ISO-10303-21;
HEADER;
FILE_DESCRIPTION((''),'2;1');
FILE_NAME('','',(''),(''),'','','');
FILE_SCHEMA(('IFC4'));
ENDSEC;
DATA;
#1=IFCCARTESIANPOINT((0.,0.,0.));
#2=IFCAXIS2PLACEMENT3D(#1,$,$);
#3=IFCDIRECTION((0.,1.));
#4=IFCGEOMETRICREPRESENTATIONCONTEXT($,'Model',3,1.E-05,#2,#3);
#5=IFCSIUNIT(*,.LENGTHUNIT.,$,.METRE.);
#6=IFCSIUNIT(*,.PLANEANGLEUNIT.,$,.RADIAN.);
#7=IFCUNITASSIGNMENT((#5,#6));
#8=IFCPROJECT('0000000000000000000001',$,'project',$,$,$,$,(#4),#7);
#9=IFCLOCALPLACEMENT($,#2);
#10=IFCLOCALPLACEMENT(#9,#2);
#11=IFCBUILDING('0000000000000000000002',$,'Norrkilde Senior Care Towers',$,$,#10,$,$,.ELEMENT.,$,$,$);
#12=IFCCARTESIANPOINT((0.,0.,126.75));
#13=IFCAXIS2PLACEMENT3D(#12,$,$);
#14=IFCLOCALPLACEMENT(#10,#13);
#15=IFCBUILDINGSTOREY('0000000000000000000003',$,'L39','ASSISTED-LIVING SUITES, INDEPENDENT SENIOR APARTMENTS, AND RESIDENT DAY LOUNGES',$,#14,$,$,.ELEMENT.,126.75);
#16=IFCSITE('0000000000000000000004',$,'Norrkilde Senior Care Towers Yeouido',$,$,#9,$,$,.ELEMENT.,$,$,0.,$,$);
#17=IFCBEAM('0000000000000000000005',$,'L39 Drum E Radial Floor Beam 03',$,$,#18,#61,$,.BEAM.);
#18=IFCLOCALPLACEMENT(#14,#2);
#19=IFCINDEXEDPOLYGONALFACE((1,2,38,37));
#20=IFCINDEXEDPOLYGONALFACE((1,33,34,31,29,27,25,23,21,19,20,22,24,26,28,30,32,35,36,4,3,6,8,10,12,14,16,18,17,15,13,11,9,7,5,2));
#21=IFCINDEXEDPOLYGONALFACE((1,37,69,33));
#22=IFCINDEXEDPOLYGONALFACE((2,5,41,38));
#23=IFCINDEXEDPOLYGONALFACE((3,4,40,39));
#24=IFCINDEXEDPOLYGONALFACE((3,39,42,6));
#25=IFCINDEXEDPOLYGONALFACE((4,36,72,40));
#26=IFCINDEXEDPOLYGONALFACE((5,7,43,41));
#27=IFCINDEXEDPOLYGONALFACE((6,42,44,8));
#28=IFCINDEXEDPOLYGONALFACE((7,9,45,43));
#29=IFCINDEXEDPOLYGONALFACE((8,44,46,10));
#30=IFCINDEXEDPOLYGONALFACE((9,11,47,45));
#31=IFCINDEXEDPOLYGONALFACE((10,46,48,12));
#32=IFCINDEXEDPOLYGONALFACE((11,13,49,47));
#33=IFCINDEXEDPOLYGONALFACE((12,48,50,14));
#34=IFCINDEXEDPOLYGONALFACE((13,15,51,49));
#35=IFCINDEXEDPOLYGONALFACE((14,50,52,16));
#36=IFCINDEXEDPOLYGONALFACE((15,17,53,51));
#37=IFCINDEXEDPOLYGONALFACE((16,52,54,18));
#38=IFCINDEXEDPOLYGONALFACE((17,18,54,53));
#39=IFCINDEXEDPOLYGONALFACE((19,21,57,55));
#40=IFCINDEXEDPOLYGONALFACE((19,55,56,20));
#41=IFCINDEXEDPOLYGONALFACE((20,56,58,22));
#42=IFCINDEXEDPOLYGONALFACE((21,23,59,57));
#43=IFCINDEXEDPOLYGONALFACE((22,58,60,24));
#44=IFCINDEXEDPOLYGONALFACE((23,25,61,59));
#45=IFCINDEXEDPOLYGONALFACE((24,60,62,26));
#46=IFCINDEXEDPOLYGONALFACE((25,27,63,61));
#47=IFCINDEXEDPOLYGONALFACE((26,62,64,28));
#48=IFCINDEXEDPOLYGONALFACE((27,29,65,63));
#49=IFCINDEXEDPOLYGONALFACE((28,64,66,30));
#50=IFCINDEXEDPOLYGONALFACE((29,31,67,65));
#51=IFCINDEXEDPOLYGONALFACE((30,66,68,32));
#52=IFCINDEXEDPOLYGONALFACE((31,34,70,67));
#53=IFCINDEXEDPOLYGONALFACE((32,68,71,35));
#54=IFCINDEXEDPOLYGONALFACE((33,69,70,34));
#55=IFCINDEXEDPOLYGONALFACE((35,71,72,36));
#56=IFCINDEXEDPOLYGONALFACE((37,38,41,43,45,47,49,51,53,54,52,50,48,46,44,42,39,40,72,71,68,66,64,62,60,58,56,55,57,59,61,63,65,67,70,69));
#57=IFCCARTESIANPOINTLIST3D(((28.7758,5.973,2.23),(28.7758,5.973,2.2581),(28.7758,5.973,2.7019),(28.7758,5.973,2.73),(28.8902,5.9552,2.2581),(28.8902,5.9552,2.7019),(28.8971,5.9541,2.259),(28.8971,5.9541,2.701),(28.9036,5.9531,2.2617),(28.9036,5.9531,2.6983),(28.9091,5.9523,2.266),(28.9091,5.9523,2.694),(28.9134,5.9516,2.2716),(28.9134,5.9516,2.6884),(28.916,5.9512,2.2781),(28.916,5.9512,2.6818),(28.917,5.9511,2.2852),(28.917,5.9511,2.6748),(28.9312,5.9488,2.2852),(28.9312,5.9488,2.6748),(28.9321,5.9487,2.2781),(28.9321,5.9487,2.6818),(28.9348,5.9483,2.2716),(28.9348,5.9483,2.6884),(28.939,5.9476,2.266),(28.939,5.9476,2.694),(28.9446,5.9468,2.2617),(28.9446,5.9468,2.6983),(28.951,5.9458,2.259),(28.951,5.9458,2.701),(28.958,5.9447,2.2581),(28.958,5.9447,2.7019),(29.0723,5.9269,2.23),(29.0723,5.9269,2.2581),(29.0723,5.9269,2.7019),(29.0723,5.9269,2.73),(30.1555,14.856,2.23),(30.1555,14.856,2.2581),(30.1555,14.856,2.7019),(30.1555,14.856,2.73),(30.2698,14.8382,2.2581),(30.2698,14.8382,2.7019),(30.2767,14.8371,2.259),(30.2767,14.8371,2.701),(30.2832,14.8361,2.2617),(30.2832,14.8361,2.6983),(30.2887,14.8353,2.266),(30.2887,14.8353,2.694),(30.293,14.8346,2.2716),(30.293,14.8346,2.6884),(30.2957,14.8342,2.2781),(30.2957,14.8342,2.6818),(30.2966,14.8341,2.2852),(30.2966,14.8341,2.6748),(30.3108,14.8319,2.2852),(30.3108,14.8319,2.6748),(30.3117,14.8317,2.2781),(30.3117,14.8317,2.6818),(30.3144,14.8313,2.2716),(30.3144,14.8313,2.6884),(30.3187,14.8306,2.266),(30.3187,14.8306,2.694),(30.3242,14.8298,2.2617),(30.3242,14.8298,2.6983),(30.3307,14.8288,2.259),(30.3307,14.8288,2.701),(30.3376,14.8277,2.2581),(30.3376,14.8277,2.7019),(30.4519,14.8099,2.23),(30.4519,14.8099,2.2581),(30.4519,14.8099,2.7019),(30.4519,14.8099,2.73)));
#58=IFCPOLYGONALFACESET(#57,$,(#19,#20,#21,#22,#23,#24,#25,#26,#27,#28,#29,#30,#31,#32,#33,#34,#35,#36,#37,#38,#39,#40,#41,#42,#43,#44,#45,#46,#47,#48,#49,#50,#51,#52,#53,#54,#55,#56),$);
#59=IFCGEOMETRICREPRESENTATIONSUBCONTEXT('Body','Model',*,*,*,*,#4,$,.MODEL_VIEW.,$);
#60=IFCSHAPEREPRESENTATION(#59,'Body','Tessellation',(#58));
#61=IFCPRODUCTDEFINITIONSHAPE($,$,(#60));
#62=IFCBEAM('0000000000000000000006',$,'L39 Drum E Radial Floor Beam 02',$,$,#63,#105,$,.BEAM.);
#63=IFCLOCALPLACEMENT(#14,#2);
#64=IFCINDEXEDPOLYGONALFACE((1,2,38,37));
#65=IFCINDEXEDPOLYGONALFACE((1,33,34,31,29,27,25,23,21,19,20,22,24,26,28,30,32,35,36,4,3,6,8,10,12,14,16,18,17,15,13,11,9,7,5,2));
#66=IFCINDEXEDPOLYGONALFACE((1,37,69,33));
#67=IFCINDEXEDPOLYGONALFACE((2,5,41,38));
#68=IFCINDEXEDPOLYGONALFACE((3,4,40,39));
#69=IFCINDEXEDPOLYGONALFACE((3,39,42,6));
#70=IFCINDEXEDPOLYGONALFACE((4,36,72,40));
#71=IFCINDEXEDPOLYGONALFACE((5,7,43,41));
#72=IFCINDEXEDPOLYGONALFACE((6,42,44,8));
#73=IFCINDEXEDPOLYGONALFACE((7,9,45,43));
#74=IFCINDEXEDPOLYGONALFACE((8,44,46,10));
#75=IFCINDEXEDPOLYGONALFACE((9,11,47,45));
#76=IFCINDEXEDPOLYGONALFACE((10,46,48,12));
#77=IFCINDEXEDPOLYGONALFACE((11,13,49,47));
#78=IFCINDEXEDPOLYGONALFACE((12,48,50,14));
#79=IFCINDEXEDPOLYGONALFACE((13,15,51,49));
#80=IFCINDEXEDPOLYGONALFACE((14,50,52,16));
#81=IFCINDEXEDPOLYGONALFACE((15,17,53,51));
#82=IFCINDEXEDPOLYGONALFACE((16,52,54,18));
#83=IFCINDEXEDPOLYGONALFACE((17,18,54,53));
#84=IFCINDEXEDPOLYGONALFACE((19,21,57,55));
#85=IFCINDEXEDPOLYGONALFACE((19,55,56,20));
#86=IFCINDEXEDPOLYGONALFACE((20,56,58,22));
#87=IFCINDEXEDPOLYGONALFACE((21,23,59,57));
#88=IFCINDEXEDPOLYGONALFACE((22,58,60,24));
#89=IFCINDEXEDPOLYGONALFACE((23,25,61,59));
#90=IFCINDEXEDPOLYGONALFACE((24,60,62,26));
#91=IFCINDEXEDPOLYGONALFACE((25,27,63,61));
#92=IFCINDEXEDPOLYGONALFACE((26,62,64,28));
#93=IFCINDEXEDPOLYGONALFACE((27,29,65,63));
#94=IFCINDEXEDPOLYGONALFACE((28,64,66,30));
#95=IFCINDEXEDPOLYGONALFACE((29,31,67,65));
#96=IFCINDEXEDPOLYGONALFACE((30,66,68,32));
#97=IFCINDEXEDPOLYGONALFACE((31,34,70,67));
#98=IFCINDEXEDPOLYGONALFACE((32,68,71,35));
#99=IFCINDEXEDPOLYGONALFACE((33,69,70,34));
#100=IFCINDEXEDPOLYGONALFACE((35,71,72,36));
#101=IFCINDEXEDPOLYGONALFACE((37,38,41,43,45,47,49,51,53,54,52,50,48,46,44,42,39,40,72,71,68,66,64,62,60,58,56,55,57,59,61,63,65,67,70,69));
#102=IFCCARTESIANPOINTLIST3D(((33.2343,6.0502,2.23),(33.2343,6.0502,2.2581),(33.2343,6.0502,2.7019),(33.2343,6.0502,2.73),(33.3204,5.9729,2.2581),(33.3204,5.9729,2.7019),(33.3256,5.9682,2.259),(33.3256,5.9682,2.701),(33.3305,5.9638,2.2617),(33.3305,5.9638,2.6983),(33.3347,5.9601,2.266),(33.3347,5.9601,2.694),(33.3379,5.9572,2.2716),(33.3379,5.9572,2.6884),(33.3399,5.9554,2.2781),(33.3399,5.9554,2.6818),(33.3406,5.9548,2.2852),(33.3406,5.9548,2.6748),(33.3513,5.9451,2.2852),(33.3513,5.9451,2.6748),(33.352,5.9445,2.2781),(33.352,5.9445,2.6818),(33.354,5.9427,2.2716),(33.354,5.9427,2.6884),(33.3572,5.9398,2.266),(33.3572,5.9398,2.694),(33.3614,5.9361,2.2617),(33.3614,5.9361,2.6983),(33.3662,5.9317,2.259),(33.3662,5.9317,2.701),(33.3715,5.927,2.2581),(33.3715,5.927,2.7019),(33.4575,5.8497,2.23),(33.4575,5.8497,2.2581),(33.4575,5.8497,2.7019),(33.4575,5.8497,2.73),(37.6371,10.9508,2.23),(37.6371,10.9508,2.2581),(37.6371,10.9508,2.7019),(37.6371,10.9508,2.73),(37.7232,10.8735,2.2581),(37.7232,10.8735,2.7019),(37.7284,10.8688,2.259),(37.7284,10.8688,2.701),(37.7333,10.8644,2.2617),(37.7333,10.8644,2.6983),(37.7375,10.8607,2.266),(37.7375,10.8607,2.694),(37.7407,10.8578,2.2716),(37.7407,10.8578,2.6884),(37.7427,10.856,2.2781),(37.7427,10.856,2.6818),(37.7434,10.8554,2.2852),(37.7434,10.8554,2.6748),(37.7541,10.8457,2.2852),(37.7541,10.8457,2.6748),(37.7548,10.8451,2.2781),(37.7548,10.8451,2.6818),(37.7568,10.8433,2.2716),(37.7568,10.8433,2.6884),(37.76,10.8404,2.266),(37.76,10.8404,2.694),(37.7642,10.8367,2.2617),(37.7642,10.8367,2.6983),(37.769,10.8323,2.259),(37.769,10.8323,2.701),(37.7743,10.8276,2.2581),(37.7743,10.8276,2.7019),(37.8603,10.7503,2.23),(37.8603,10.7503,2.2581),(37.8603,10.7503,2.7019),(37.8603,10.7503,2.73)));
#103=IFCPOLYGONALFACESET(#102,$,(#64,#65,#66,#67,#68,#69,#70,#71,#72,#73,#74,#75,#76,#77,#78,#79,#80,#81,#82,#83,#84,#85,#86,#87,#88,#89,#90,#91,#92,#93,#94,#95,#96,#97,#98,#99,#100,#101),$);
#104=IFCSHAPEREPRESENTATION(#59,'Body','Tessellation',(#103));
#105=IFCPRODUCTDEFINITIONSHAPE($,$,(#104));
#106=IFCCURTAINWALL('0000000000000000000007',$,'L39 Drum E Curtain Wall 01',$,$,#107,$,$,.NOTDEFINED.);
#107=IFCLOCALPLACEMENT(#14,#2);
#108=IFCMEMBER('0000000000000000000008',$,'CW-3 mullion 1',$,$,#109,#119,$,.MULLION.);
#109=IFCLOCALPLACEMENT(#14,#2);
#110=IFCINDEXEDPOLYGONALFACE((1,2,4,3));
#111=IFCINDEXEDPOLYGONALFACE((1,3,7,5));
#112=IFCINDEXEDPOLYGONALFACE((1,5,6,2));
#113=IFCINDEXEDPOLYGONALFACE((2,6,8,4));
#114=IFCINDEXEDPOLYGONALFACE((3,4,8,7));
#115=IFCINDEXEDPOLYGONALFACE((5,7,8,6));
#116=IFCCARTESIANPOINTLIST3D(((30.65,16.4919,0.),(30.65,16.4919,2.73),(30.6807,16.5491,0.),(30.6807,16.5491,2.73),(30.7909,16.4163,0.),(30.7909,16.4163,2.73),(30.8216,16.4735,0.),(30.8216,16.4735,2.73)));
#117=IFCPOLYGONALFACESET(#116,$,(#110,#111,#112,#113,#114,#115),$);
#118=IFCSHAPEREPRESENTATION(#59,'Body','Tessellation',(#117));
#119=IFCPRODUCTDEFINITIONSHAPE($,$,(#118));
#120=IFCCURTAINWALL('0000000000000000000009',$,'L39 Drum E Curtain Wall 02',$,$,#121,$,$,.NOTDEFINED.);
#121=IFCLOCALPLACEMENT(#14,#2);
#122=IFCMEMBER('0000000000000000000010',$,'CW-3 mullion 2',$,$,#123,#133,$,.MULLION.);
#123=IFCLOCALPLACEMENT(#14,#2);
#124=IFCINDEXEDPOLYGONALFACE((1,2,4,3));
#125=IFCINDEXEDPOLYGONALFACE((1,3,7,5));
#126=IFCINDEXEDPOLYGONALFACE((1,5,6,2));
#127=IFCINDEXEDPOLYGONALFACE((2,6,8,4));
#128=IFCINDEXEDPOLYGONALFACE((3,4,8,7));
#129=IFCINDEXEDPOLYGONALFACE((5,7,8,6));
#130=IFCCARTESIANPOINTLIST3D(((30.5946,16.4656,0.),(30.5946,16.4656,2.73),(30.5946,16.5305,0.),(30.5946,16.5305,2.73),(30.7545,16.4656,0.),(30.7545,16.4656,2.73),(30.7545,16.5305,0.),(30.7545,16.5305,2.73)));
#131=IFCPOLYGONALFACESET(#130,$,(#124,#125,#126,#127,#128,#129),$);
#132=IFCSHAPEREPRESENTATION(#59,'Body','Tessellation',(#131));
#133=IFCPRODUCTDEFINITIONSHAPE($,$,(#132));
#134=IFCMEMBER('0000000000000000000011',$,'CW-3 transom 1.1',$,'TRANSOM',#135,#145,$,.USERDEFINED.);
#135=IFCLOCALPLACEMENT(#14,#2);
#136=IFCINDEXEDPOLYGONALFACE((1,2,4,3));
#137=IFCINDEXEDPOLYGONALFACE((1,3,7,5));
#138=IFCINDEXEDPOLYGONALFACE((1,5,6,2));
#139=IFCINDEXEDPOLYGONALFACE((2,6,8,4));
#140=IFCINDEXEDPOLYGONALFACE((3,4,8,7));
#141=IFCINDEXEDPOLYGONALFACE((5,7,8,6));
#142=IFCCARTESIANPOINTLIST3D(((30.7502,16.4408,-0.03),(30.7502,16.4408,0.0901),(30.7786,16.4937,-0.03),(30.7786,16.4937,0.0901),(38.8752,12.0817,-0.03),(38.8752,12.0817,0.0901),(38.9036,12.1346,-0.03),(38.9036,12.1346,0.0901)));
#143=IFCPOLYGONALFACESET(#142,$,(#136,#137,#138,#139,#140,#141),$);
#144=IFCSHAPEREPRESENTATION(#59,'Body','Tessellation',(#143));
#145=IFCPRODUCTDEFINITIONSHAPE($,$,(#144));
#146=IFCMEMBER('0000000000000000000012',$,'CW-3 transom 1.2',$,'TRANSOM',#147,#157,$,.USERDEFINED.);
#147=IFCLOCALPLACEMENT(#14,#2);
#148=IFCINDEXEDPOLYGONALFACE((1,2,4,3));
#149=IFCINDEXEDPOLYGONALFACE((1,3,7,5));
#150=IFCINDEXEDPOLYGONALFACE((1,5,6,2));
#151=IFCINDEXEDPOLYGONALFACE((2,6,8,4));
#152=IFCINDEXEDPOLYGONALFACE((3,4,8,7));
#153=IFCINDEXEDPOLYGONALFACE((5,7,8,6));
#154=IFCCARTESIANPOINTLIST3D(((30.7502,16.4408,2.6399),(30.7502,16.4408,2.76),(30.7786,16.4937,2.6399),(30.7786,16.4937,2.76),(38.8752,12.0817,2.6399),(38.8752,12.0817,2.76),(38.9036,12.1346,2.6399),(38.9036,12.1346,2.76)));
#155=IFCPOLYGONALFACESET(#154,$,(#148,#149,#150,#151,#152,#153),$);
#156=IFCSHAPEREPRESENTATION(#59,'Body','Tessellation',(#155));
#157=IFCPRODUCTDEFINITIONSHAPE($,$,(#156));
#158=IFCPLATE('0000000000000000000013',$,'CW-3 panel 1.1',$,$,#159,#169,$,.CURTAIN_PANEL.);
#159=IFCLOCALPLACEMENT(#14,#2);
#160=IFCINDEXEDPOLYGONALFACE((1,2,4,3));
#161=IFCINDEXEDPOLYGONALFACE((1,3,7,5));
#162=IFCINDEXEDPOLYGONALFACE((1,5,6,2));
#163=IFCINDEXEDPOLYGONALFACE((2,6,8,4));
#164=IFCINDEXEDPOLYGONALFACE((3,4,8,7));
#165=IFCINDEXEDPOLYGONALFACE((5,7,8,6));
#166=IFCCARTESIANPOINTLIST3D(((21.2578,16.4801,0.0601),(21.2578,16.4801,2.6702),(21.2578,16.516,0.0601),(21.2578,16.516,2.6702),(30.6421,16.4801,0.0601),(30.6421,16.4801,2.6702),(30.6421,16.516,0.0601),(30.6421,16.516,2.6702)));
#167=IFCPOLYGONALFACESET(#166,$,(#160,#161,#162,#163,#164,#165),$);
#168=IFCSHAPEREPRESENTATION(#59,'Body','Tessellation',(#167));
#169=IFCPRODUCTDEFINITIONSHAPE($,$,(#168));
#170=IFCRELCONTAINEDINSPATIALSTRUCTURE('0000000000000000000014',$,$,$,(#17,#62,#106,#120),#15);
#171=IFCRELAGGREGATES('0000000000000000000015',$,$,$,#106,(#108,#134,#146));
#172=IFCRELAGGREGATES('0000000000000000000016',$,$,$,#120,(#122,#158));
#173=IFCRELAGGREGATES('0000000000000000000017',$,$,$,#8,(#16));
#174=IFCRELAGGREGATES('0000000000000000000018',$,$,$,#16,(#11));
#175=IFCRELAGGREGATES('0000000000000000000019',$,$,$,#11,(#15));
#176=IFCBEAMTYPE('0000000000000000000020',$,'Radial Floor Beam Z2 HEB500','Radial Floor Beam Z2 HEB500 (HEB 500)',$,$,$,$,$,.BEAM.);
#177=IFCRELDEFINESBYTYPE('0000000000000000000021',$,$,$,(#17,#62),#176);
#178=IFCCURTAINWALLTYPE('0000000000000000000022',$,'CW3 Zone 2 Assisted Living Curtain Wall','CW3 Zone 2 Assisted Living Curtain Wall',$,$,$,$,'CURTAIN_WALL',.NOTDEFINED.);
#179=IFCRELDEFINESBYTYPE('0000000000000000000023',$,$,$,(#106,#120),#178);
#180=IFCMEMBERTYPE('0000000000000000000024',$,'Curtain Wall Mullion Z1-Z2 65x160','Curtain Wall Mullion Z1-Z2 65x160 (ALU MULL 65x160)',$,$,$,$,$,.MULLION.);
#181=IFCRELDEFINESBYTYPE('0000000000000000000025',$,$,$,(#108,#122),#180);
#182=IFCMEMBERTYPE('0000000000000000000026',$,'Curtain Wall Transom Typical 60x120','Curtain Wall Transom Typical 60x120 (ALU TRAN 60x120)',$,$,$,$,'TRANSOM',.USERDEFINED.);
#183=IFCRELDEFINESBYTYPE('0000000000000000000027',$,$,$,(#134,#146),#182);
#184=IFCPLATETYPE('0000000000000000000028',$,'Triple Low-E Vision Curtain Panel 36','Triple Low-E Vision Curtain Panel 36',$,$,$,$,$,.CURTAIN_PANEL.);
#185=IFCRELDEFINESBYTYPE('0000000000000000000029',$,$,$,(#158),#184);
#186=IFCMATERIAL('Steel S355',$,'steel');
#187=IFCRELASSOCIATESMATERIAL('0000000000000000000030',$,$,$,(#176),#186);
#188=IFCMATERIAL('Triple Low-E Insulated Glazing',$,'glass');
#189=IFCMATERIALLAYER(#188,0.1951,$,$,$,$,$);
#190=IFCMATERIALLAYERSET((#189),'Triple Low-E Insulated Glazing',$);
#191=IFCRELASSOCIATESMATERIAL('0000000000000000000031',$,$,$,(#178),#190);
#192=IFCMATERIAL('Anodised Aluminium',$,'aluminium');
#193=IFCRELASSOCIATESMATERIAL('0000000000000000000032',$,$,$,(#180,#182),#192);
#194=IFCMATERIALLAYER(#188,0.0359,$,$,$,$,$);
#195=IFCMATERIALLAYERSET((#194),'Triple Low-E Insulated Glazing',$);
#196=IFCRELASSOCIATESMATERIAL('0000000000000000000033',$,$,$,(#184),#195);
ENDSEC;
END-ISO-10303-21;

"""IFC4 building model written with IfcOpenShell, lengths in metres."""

from ifc_helpers import new_model, si_unit, direction, frame, origin, origin_2d, place, context, subcontext, project, spatial, rectangle, i_section, extrude, source, transform, mapped, material, layer, layer_set, material_profile, profile_set, type_object, type_shapes, element, aggregate, save


model = new_model("IFC4")

# Units and contexts
model_context = context("Model", 3, precision=1e-05, world=origin(), true_north=direction((0.0, 1.0)))
body_context = subcontext(model_context, "Body", "Model", "MODEL_VIEW")
ifc_project = project(units=[si_unit("LENGTHUNIT", "METRE"), si_unit("PLANEANGLEUNIT", "RADIAN")], contexts=[model_context])

# Site, building, storey
site_placement = place(None, origin())
site = spatial("IfcSite", under=ifc_project, at=site_placement, Name="Norrkilde Senior Care Towers Yeouido", CompositionType="ELEMENT", RefElevation=0.0)
building_placement = place(site_placement, origin())
building = spatial("IfcBuilding", under=site, at=building_placement, Name="Norrkilde Senior Care Towers", CompositionType="ELEMENT")
storey_placement = place(building_placement, frame((0.0, 0.0, 126.75)))
storey = spatial("IfcBuildingStorey", under=building, at=storey_placement, Name="L39", Description="ASSISTED-LIVING SUITES, INDEPENDENT SENIOR APARTMENTS, AND RESIDENT DAY LOUNGES", CompositionType="ELEMENT", Elevation=126.75)

# Beams
ifc_material_1 = material(Name="Steel S355", Category="steel")
ifc_material_profile_1 = material_profile(ifc_material_1, i_section(OverallWidth=0.3, OverallDepth=0.5, WebThickness=0.0144, FlangeThickness=0.0281, FilletRadius=0.0271, at=origin_2d()), Name="HEB 500")
ifc_profile_set_1 = profile_set([ifc_material_profile_1], Name="Steel S355")
beam_type_1 = type_object("IfcBeamType", Name="Radial Floor Beam Z2 HEB500", Description="Radial Floor Beam Z2 HEB500 (HEB 500)", PredefinedType="BEAM", material=ifc_profile_set_1)
shared_shape_1 = source(origin(), body_context, "Body", "SweptSolid", [
    extrude(i_section(OverallWidth=0.3, OverallDepth=0.5, WebThickness=0.0144, FlangeThickness=0.0281, FilletRadius=0.0271, at=origin_2d()), origin(), (0.0, 0.0, 1.0), 8.9895),
])
beam_1_placement = place(storey_placement, frame((28.9241, 5.95, 2.48), z_axis=(0.153471, 0.988153, 0.0), x_axis=(-0.988153, 0.153471, 0.0)))
element("IfcBeam", 1, at=beam_1_placement, inside=storey, type_object=beam_type_1, Name="L39 Drum E Radial Floor Beam 03", PredefinedType="BEAM", context=body_context, shape_type="MappedRepresentation", body=[
    mapped(shared_shape_1, transform((0.0, 0.0, 0.0), x_axis=(1.0, 0.0, 0.0), y_axis=(0.0, 1.0, 0.0), z_axis=(0.0, 0.0, 1.0), scale=1.0)),
])
shared_shape_2 = source(origin(), body_context, "Body", "SweptSolid", [
    extrude(i_section(OverallWidth=0.3, OverallDepth=0.5, WebThickness=0.0144, FlangeThickness=0.0281, FilletRadius=0.0271, at=origin_2d()), origin(), (0.0, 0.0, 1.0), 6.5879),
])
beam_2_placement = place(storey_placement, frame((33.3459, 5.95, 2.48), z_axis=(0.668315, 0.743878, 0.0), x_axis=(-0.743878, 0.668315, 0.0)))
element("IfcBeam", 2, at=beam_2_placement, inside=storey, type_object=beam_type_1, Name="L39 Drum E Radial Floor Beam 02", PredefinedType="BEAM", context=body_context, shape_type="MappedRepresentation", body=[
    mapped(shared_shape_2, transform((0.0, 0.0, 0.0), x_axis=(1.0, 0.0, 0.0), y_axis=(0.0, 1.0, 0.0), z_axis=(0.0, 0.0, 1.0), scale=1.0)),
])

# Curtain walls, members
ifc_material_2 = material(Name="Triple Low-E Insulated Glazing", Category="glass")
ifc_layer_1 = layer(ifc_material_2, 0.1951)
ifc_layer_set_1 = layer_set([ifc_layer_1], Name="Triple Low-E Insulated Glazing")
curtain_wall_type = type_object("IfcCurtainWallType", Name="CW3 Zone 2 Assisted Living Curtain Wall", Description="CW3 Zone 2 Assisted Living Curtain Wall", ElementType="CURTAIN_WALL", PredefinedType="NOTDEFINED", material=ifc_layer_set_1)
curtain_wall_1_placement = place(storey_placement, origin())
curtain_wall_1 = element("IfcCurtainWall", 3, at=curtain_wall_1_placement, inside=storey, type_object=curtain_wall_type, Name="L39 Drum E Curtain Wall 01", PredefinedType="NOTDEFINED")
ifc_material_3 = material(Name="Anodised Aluminium", Category="aluminium")
ifc_material_profile_2 = material_profile(ifc_material_3, rectangle(XDim=0.0649, YDim=0.1599, at=origin_2d()), Name="ALU MULL 65x160")
ifc_profile_set_2 = profile_set([ifc_material_profile_2], Name="Anodised Aluminium")
member_type_1 = type_object("IfcMemberType", Name="Curtain Wall Mullion Z1-Z2 65x160", Description="Curtain Wall Mullion Z1-Z2 65x160 (ALU MULL 65x160)", PredefinedType="MULLION", material=ifc_profile_set_2)
shared_shape_3 = source(origin(), body_context, "Body", "SweptSolid", [
    extrude(rectangle(XDim=0.0649, YDim=0.1599, at=origin_2d()), origin(), (0.0, 0.0, 1.0), 2.73),
])
type_shapes(member_type_1, [shared_shape_3])
member_1_placement = place(storey_placement, frame((30.7358, 16.4827, 0.0), z_axis=(0.0, 0.0, 1.0), x_axis=(0.472769, 0.881186, 0.0)))
member_1 = element("IfcMember", 4, at=member_1_placement, type_object=member_type_1, Name="CW-3 mullion 1", PredefinedType="MULLION", context=body_context, shape_type="MappedRepresentation", body=[
    mapped(shared_shape_3, transform((0.0, 0.0, 0.0), x_axis=(1.0, 0.0, 0.0), y_axis=(0.0, 1.0, 0.0), z_axis=(0.0, 0.0, 1.0), scale=1.0)),
])
curtain_wall_2_placement = place(storey_placement, origin())
curtain_wall_2 = element("IfcCurtainWall", 5, at=curtain_wall_2_placement, inside=storey, type_object=curtain_wall_type, Name="L39 Drum E Curtain Wall 02", PredefinedType="NOTDEFINED")
member_2_placement = place(storey_placement, frame((30.6746, 16.498, 0.0), z_axis=(0.0, 0.0, 1.0), x_axis=(0.0, 1.0, 0.0)))
member_2 = element("IfcMember", 6, at=member_2_placement, type_object=member_type_1, Name="CW-3 mullion 2", PredefinedType="MULLION", context=body_context, shape_type="MappedRepresentation", body=[
    mapped(shared_shape_3, transform((0.0, 0.0, 0.0), x_axis=(1.0, 0.0, 0.0), y_axis=(0.0, 1.0, 0.0), z_axis=(0.0, 0.0, 1.0), scale=1.0)),
])

# Members
ifc_material_profile_3 = material_profile(ifc_material_3, rectangle(XDim=0.0601, YDim=0.1201, at=origin_2d()), Name="ALU TRAN 60x120")
ifc_profile_set_3 = profile_set([ifc_material_profile_3], Name="Anodised Aluminium")
member_type_2 = type_object("IfcMemberType", Name="Curtain Wall Transom Typical 60x120", Description="Curtain Wall Transom Typical 60x120 (ALU TRAN 60x120)", ElementType="TRANSOM", PredefinedType="USERDEFINED", material=ifc_profile_set_3)
shared_shape_4 = source(origin(), body_context, "Body", "SweptSolid", [
    extrude(rectangle(XDim=0.0601, YDim=0.1201, at=origin_2d()), origin(), (0.0, 0.0, 1.0), 9.2205),
])
type_shapes(member_type_2, [shared_shape_4])
member_3_placement = place(storey_placement, frame((30.7644, 16.4673, 0.03), z_axis=(0.881189, -0.472765, 0.0), x_axis=(0.472765, 0.881189, 0.0)))
member_3 = element("IfcMember", 7, at=member_3_placement, type_object=member_type_2, Name="CW-3 transom 1.1", ObjectType="TRANSOM", PredefinedType="USERDEFINED", context=body_context, shape_type="MappedRepresentation", body=[
    mapped(shared_shape_4, transform((0.0, 0.0, 0.0), x_axis=(1.0, 0.0, 0.0), y_axis=(0.0, 1.0, 0.0), z_axis=(0.0, 0.0, 1.0), scale=1.0)),
])
member_4_placement = place(storey_placement, frame((30.7644, 16.4673, 2.7), z_axis=(0.881189, -0.472765, 0.0), x_axis=(0.472765, 0.881189, 0.0)))
member_4 = element("IfcMember", 8, at=member_4_placement, type_object=member_type_2, Name="CW-3 transom 1.2", ObjectType="TRANSOM", PredefinedType="USERDEFINED", context=body_context, shape_type="MappedRepresentation", body=[
    mapped(shared_shape_4, transform((0.0, 0.0, 0.0), x_axis=(1.0, 0.0, 0.0), y_axis=(0.0, 1.0, 0.0), z_axis=(0.0, 0.0, 1.0), scale=1.0)),
])
aggregate(curtain_wall_1, [member_1, member_3, member_4])

# Plate
ifc_layer_2 = layer(ifc_material_2, 0.0359)
ifc_layer_set_2 = layer_set([ifc_layer_2], Name="Triple Low-E Insulated Glazing")
plate_type = type_object("IfcPlateType", Name="Triple Low-E Vision Curtain Panel 36", Description="Triple Low-E Vision Curtain Panel 36", PredefinedType="CURTAIN_PANEL", material=ifc_layer_set_2)
shared_shape_5 = source(origin(), body_context, "Body", "SweptSolid", [
    extrude(rectangle(XDim=9.3843, YDim=0.0359, at=origin_2d()), origin(), (0.0, 0.0, 1.0), 2.6101),
])
type_shapes(plate_type, [shared_shape_5])
plate_placement = place(storey_placement, frame((25.95, 16.498, 0.0601), z_axis=(0.0, 0.0, 1.0), x_axis=(1.0, 0.0, 0.0)))
plate = element("IfcPlate", 9, at=plate_placement, type_object=plate_type, Name="CW-3 panel 1.1", PredefinedType="CURTAIN_PANEL", context=body_context, shape_type="MappedRepresentation", body=[
    mapped(shared_shape_5, transform((0.0, 0.0, 0.0), x_axis=(1.0, 0.0, 0.0), y_axis=(0.0, 1.0, 0.0), z_axis=(0.0, 0.0, 1.0), scale=1.0)),
])
aggregate(curtain_wall_2, [member_2, plate])

save(model, "model.ifc")
